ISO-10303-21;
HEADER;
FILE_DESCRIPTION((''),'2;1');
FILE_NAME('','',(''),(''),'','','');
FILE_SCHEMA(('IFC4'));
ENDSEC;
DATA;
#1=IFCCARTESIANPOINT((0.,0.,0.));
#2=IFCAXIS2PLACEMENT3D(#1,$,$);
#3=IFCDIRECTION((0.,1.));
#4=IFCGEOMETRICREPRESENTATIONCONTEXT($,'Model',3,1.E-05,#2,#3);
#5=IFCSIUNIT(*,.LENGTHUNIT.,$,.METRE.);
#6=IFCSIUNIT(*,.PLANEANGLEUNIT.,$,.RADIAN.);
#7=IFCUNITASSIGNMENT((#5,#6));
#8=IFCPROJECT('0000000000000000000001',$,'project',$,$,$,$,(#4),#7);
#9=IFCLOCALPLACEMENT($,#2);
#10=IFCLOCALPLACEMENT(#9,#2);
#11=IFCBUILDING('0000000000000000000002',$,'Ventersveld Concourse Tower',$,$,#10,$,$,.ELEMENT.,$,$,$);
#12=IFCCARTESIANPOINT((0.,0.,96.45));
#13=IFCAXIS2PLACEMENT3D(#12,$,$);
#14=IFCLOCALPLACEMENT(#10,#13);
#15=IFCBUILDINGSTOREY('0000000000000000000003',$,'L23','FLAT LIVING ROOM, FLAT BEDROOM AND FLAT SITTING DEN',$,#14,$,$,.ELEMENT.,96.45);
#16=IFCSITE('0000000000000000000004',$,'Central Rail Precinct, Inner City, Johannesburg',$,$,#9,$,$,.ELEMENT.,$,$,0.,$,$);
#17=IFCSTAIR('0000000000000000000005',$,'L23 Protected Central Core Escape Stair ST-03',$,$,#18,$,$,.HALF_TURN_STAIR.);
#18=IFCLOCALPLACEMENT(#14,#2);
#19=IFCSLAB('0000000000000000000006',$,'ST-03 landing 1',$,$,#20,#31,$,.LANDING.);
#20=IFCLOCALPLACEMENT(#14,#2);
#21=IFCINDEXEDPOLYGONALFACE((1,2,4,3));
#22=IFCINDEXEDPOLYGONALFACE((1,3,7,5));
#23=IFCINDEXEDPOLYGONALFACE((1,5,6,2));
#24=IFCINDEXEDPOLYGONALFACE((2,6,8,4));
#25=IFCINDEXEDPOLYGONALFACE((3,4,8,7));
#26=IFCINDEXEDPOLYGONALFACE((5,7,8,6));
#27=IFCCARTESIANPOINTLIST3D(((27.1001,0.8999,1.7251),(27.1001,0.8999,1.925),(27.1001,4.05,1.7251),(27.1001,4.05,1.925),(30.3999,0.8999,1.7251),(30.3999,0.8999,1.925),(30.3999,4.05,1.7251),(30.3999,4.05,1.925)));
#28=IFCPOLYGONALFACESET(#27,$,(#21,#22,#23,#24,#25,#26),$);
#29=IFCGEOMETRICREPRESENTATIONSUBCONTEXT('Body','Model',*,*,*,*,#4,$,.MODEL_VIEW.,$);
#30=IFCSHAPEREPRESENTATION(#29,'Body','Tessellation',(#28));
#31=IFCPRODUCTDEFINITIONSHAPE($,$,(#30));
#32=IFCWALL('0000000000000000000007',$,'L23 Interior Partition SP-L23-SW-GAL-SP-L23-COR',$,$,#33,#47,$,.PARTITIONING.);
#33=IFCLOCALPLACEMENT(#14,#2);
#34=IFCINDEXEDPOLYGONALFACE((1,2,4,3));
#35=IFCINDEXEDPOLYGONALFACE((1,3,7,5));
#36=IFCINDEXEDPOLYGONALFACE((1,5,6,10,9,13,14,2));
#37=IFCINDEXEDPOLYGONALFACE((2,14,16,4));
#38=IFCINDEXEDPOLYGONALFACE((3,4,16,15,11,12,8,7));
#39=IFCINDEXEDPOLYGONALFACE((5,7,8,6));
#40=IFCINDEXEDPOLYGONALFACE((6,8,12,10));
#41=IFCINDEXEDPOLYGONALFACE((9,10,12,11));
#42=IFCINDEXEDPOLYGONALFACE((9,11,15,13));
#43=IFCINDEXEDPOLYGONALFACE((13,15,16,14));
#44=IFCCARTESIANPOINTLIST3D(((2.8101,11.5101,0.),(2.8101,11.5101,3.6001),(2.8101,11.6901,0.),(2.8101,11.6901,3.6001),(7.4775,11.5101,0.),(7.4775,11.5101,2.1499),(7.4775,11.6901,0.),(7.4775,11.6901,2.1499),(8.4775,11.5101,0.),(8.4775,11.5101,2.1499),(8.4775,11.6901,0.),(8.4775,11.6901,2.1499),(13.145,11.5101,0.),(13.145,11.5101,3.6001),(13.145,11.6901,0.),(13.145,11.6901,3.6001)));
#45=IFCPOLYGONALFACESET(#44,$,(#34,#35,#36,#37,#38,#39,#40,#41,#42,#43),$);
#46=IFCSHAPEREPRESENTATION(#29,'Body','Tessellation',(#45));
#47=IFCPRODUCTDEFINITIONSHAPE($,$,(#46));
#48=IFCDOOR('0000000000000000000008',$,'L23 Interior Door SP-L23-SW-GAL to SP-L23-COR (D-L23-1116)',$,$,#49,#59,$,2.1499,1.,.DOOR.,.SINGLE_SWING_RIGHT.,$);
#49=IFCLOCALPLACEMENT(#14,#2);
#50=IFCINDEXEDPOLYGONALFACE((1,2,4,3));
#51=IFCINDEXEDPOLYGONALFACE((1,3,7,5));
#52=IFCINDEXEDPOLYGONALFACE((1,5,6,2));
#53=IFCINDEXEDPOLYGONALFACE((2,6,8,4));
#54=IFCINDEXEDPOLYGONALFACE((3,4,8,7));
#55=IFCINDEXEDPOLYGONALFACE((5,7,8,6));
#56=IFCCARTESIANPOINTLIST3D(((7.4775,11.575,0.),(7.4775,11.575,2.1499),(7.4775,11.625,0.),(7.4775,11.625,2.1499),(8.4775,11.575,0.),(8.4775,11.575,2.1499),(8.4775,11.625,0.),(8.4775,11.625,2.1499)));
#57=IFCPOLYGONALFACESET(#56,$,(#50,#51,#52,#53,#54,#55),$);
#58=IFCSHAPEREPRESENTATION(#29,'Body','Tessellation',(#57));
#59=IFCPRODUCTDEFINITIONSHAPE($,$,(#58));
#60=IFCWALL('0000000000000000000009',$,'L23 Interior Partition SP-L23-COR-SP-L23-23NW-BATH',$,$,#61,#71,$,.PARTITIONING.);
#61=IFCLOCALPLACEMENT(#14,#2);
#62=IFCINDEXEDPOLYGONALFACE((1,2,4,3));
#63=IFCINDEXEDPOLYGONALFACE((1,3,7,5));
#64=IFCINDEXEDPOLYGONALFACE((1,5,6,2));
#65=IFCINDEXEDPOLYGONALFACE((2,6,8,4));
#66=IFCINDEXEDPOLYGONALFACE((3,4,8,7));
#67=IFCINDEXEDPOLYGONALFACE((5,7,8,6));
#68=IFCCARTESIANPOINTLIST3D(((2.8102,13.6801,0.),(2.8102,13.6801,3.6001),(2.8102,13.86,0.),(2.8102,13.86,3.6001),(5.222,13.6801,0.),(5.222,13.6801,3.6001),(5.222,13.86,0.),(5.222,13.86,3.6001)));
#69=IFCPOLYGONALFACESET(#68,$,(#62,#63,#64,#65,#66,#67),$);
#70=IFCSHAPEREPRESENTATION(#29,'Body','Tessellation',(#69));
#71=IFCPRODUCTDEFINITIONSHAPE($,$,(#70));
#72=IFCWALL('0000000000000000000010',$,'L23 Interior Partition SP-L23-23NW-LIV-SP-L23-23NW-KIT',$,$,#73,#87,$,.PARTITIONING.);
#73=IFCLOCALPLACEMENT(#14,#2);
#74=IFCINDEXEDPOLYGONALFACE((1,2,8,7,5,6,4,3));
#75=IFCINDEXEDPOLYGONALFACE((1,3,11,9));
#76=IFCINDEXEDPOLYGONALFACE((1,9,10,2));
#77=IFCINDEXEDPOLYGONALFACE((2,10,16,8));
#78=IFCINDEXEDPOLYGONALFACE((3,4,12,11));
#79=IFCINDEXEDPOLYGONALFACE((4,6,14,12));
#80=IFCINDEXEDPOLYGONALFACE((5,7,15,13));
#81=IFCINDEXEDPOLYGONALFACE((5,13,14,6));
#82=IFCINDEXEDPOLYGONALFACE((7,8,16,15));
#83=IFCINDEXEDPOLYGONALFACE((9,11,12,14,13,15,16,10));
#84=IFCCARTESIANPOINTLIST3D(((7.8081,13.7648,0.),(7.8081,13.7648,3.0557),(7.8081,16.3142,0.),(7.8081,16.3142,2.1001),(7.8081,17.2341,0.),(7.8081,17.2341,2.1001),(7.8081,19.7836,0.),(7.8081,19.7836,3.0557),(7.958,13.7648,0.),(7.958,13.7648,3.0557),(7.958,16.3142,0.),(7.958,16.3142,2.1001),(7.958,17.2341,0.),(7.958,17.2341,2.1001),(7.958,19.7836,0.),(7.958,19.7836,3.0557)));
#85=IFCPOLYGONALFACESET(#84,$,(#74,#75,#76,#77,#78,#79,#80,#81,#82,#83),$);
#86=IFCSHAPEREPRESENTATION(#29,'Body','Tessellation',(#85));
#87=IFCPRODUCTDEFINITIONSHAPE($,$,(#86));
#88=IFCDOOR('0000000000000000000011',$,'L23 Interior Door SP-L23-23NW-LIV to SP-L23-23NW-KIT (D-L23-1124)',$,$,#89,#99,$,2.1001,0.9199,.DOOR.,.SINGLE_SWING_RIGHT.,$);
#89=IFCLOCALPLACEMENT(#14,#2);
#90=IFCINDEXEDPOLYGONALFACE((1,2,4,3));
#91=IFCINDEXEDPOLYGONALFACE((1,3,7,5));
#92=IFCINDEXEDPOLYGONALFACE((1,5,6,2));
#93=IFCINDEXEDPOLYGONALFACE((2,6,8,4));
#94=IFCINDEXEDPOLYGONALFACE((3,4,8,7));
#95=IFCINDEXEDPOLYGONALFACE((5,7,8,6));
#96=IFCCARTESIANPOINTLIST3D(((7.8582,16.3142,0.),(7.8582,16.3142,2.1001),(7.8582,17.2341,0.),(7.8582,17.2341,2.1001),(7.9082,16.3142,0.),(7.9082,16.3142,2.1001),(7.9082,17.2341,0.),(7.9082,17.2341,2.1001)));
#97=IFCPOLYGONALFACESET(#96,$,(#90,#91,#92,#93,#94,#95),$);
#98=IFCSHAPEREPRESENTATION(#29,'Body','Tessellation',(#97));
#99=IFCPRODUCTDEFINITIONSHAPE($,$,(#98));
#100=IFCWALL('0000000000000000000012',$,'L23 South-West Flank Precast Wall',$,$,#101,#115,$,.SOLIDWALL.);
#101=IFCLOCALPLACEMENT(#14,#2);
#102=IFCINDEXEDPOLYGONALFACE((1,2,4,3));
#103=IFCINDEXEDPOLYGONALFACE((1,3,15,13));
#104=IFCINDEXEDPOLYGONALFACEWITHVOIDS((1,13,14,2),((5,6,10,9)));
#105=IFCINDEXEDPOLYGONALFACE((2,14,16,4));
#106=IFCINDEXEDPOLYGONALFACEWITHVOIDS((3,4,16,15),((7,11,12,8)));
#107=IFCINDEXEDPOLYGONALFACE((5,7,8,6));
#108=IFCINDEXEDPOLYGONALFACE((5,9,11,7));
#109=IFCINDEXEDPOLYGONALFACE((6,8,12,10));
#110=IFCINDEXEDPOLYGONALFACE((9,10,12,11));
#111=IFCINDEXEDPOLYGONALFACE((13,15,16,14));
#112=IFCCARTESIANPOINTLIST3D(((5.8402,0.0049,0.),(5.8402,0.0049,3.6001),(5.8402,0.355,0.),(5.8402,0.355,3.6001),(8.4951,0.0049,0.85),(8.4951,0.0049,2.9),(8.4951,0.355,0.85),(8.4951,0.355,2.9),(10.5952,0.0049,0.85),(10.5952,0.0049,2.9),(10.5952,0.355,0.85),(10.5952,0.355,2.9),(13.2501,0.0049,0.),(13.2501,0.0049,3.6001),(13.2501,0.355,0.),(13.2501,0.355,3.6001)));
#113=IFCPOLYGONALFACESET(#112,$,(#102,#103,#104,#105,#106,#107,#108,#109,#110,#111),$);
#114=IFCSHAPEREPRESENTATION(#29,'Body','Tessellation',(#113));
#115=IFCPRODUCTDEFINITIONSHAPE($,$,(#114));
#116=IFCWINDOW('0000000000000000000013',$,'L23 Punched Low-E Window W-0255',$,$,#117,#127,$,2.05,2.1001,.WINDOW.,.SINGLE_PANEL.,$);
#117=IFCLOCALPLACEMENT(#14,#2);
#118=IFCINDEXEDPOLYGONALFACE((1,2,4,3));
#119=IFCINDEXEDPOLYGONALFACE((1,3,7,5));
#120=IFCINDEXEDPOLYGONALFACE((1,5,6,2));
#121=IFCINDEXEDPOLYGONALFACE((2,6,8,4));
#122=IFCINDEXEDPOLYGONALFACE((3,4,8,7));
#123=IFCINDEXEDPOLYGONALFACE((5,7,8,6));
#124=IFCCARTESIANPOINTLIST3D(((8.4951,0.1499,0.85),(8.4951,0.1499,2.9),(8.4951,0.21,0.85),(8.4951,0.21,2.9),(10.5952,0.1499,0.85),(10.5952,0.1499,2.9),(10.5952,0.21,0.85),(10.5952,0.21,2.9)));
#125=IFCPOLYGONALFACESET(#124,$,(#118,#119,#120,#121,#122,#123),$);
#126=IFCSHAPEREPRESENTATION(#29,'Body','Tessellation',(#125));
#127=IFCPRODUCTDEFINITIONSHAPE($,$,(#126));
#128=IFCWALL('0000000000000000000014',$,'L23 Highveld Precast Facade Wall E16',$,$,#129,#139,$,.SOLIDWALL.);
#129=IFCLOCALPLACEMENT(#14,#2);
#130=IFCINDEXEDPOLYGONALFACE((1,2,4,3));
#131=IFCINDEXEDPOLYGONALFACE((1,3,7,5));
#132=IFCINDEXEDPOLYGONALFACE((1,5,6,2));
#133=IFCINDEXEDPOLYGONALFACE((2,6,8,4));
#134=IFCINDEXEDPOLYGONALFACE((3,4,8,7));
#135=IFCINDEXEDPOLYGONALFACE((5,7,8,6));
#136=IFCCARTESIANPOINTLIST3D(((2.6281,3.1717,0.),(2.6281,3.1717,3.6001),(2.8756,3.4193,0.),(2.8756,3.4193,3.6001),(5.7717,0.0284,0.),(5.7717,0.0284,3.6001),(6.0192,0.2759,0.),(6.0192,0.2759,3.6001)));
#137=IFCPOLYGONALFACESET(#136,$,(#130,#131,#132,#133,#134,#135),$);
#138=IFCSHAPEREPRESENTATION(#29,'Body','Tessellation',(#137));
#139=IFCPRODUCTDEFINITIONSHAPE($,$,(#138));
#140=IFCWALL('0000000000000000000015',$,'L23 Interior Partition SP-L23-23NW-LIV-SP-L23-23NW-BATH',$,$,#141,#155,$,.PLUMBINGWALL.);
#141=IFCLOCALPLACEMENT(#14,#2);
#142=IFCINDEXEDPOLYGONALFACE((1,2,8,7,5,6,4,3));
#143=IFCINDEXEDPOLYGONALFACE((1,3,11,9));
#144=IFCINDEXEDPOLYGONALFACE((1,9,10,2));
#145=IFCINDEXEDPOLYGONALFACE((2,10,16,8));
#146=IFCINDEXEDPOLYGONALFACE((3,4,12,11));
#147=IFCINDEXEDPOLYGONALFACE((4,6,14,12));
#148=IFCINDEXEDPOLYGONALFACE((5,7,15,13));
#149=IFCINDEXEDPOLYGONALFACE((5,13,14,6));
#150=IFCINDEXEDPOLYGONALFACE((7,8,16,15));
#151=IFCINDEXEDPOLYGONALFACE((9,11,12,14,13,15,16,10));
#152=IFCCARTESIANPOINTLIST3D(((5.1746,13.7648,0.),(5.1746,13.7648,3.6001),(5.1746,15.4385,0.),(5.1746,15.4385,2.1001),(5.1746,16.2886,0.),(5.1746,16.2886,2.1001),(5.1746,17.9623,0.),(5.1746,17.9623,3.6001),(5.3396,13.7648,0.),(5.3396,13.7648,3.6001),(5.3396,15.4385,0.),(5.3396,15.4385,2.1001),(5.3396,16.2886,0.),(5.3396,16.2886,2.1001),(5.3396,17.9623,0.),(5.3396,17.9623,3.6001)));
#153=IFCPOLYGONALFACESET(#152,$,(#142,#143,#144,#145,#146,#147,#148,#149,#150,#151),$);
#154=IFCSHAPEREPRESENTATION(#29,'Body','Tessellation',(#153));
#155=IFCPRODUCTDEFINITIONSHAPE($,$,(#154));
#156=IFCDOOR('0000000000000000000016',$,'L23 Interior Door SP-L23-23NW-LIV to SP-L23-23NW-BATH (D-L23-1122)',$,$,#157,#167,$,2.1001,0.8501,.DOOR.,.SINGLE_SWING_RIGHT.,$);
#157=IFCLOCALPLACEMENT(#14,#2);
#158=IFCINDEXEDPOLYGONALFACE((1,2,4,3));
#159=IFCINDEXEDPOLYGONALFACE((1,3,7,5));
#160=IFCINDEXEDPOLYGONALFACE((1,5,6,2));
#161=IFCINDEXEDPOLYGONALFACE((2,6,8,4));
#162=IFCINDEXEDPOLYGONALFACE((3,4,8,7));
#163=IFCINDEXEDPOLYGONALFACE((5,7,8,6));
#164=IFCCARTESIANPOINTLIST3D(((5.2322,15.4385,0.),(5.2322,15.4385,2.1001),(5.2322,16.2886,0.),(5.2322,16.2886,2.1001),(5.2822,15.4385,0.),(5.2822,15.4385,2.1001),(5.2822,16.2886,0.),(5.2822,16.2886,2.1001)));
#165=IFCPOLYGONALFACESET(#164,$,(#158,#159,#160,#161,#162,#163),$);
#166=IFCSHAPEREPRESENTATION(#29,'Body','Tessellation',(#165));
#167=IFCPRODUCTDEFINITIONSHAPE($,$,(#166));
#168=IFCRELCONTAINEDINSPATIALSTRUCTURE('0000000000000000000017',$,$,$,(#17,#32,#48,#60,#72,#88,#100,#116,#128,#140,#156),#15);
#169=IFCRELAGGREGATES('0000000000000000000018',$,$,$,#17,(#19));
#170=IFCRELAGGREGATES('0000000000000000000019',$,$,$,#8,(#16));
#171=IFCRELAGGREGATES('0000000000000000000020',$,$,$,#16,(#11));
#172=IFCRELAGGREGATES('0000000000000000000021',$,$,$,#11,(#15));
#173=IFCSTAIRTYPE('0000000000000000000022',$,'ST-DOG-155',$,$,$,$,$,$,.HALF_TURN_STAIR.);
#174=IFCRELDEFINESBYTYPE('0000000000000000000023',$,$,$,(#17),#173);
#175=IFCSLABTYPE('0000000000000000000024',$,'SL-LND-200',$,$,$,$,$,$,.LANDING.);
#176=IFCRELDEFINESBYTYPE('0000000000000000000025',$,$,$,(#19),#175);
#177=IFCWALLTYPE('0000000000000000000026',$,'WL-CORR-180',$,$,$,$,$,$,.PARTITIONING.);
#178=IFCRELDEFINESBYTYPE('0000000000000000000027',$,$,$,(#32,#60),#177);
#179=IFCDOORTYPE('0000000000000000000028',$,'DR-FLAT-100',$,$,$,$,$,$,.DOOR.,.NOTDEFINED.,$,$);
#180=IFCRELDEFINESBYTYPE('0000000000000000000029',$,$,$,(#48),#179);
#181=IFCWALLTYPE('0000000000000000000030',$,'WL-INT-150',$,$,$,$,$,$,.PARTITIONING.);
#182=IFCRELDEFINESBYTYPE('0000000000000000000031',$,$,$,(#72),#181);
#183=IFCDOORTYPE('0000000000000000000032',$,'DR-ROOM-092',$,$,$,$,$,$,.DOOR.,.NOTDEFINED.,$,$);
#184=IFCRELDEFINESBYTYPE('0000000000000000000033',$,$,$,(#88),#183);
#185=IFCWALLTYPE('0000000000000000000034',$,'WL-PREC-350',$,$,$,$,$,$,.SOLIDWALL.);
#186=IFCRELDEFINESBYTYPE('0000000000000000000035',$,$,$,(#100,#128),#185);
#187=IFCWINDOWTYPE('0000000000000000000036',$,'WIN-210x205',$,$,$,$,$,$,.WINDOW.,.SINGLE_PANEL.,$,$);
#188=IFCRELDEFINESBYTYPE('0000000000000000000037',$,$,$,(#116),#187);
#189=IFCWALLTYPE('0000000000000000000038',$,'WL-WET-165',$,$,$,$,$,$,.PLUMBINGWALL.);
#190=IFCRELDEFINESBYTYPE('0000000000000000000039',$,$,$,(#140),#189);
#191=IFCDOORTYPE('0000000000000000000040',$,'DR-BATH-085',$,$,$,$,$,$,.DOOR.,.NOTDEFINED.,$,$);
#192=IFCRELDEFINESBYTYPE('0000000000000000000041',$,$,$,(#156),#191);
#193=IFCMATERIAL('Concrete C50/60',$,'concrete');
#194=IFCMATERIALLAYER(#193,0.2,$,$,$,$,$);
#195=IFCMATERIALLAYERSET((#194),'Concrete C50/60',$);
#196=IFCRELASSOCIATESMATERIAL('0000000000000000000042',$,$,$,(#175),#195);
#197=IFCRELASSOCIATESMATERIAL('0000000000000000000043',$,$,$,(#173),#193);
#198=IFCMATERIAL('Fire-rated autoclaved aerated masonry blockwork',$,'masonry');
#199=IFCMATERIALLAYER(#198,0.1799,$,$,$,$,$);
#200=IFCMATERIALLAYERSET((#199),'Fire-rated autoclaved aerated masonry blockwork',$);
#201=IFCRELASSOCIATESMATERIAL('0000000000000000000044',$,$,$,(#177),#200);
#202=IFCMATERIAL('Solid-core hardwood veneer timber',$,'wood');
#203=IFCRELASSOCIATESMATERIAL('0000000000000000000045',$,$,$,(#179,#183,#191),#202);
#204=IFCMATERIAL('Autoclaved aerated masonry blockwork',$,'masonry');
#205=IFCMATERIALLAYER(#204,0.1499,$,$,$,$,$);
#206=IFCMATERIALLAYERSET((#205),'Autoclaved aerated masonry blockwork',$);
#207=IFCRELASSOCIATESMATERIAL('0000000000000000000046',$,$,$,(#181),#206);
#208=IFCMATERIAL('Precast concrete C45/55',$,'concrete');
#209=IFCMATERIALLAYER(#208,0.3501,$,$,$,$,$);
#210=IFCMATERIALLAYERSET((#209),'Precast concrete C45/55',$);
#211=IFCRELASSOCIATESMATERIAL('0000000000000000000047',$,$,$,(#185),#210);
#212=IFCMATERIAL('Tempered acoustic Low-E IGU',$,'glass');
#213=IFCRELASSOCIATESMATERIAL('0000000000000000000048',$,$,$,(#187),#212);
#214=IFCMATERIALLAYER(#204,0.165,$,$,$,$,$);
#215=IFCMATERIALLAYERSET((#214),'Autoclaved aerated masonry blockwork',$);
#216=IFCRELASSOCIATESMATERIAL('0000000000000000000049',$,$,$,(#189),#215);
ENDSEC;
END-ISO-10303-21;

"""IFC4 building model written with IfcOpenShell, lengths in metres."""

from ifc_helpers import new_model, si_unit, direction, frame, frame_2d, origin, place, context, subcontext, project, spatial, polyline, rectangle, outline, extrude, material, layer, layer_set, type_object, element, fill, aggregate, save


model = new_model("IFC4")

# Units and contexts
model_context = context("Model", 3, precision=1e-05, world=origin(), true_north=direction((0.0, 1.0)))
body_context = subcontext(model_context, "Body", "Model", "MODEL_VIEW")
ifc_project = project(units=[si_unit("LENGTHUNIT", "METRE"), si_unit("PLANEANGLEUNIT", "RADIAN")], contexts=[model_context])

# Site, building, storey
site_placement = place(None, origin())
site = spatial("IfcSite", under=ifc_project, at=site_placement, Name="Central Rail Precinct, Inner City, Johannesburg", CompositionType="ELEMENT", RefElevation=0.0)
building_placement = place(site_placement, origin())
building = spatial("IfcBuilding", under=site, at=building_placement, Name="Ventersveld Concourse Tower", CompositionType="ELEMENT")
storey_placement = place(building_placement, frame((0.0, 0.0, 96.45)))
storey = spatial("IfcBuildingStorey", under=building, at=storey_placement, Name="L23", Description="FLAT LIVING ROOM, FLAT BEDROOM AND FLAT SITTING DEN", CompositionType="ELEMENT", Elevation=96.45)

# Shared definitions
ifc_material_1 = material(Name="Concrete C50/60", Category="concrete")

# Stair, slab
ifc_layer_1 = layer(ifc_material_1, 0.2)
ifc_layer_set_1 = layer_set([ifc_layer_1], Name="Concrete C50/60")
slab_type_1 = type_object("IfcSlabType", Name="SL-LND-200", PredefinedType="LANDING", material=ifc_layer_set_1)
stair_type_1 = type_object("IfcStairType", Name="ST-DOG-155", PredefinedType="HALF_TURN_STAIR", material=ifc_material_1)
stair_1_placement = place(storey_placement, origin())
stair_1 = element("IfcStair", 1, at=stair_1_placement, inside=storey, type_object=stair_type_1, Name="L23 Protected Central Core Escape Stair ST-03", PredefinedType="HALF_TURN_STAIR")
slab_1_placement = place(storey_placement, frame((0.0, 0.0, 1.7251)))
slab_1 = element("IfcSlab", 2, at=slab_1_placement, type_object=slab_type_1, Name="ST-03 landing 1", PredefinedType="LANDING", context=body_context, shape_type="SweptSolid", body=[
    extrude(outline(polyline([(27.1001, 4.05), (27.1001, 0.8999), (30.3999, 0.8999), (30.3999, 4.05), (27.1001, 4.05)])), origin(), (0.0, 0.0, 1.0), 0.2),
])
aggregate(stair_1, [slab_1])

# Wall, opening, door
ifc_material_2 = material(Name="Fire-rated autoclaved aerated masonry blockwork", Category="masonry")
ifc_layer_2 = layer(ifc_material_2, 0.1799)
ifc_layer_set_2 = layer_set([ifc_layer_2], Name="Fire-rated autoclaved aerated masonry blockwork")
wall_type_1 = type_object("IfcWallType", Name="WL-CORR-180", PredefinedType="PARTITIONING", material=ifc_layer_set_2)
wall_1_placement = place(storey_placement, frame((2.8101, 11.6001, 0.0), z_axis=(0.0, 0.0, 1.0), x_axis=(1.0, 0.0, 0.0)))
wall_1 = element("IfcWall", 3, at=wall_1_placement, inside=storey, type_object=wall_type_1, Name="L23 Interior Partition SP-L23-SW-GAL-SP-L23-COR", PredefinedType="PARTITIONING", context=body_context, shape_type="SweptSolid", body=[
    extrude(rectangle(XDim=10.335, YDim=0.1799, at=frame_2d((5.1675, 0.0))), origin(), (0.0, 0.0, 1.0), 3.6001),
])
opening_1_placement = place(wall_1_placement, frame((4.6675, 0.0, 0.0)))
opening_1 = element("IfcOpeningElement", 4, at=opening_1_placement, cuts=wall_1, PredefinedType="OPENING", context=body_context, shape_type="SweptSolid", body=[
    extrude(rectangle(XDim=1.0, YDim=2.1499, at=frame_2d((0.5, 1.075))), frame((0.0, 0.1001, 0.0), z_axis=(0.0, -1.0, 0.0), x_axis=(1.0, 0.0, 0.0)), (0.0, 0.0, 1.0), 0.2),
])
ifc_material_3 = material(Name="Solid-core hardwood veneer timber", Category="wood")
door_type_1 = type_object("IfcDoorType", Name="DR-FLAT-100", OperationType="NOTDEFINED", PredefinedType="DOOR", material=ifc_material_3)
door_1_placement = place(opening_1_placement, origin())
door_1 = element("IfcDoor", 5, at=door_1_placement, inside=storey, type_object=door_type_1, Name="L23 Interior Door SP-L23-SW-GAL to SP-L23-COR (D-L23-1116)", OperationType="SINGLE_SWING_RIGHT", OverallHeight=2.1499, OverallWidth=1.0, PredefinedType="DOOR", context=body_context, shape_type="SweptSolid", body=[
    extrude(rectangle(XDim=1.0, YDim=2.1499, at=frame_2d((0.5, 1.075))), frame((0.0, 0.0249, 0.0), z_axis=(0.0, -1.0, 0.0), x_axis=(1.0, 0.0, 0.0)), (0.0, 0.0, 1.0), 0.05),
])
fill(opening_1, door_1)

# Wall
wall_2_placement = place(storey_placement, frame((2.8101, 13.77, 0.0), z_axis=(0.0, 0.0, 1.0), x_axis=(1.0, 0.0, 0.0)))
element("IfcWall", 6, at=wall_2_placement, inside=storey, type_object=wall_type_1, Name="L23 Interior Partition SP-L23-COR-SP-L23-23NW-BATH", PredefinedType="PARTITIONING", context=body_context, shape_type="SweptSolid", body=[
    extrude(rectangle(XDim=2.4119, YDim=0.1799, at=frame_2d((1.2061, 0.0))), origin(), (0.0, 0.0, 1.0), 3.6001),
])

# Wall, opening, door
ifc_material_4 = material(Name="Autoclaved aerated masonry blockwork", Category="masonry")
ifc_layer_3 = layer(ifc_material_4, 0.1499)
ifc_layer_set_3 = layer_set([ifc_layer_3], Name="Autoclaved aerated masonry blockwork")
wall_type_2 = type_object("IfcWallType", Name="WL-INT-150", PredefinedType="PARTITIONING", material=ifc_layer_set_3)
wall_3_placement = place(storey_placement, frame((7.8831, 13.7649, 0.0), z_axis=(0.0, 0.0, 1.0), x_axis=(0.0, 1.0, 0.0)))
wall_3 = element("IfcWall", 7, at=wall_3_placement, inside=storey, type_object=wall_type_2, Name="L23 Interior Partition SP-L23-23NW-LIV-SP-L23-23NW-KIT", PredefinedType="PARTITIONING", context=body_context, shape_type="SweptSolid", body=[
    extrude(rectangle(XDim=6.0188, YDim=0.1499, at=frame_2d((3.0093, 0.0))), origin(), (0.0, 0.0, 1.0), 3.0557),
])
opening_2_placement = place(wall_3_placement, frame((2.5493, 0.0, 0.0)))
opening_2 = element("IfcOpeningElement", 8, at=opening_2_placement, cuts=wall_3, PredefinedType="OPENING", context=body_context, shape_type="SweptSolid", body=[
    extrude(rectangle(XDim=0.9199, YDim=2.1001, at=frame_2d((0.46, 1.05))), frame((0.0, 0.085, 0.0), z_axis=(0.0, -1.0, 0.0), x_axis=(1.0, 0.0, 0.0)), (0.0, 0.0, 1.0), 0.1699),
])
door_type_2 = type_object("IfcDoorType", Name="DR-ROOM-092", OperationType="NOTDEFINED", PredefinedType="DOOR", material=ifc_material_3)
door_2_placement = place(opening_2_placement, origin())
door_2 = element("IfcDoor", 9, at=door_2_placement, inside=storey, type_object=door_type_2, Name="L23 Interior Door SP-L23-23NW-LIV to SP-L23-23NW-KIT (D-L23-1124)", OperationType="SINGLE_SWING_RIGHT", OverallHeight=2.1001, OverallWidth=0.9199, PredefinedType="DOOR", context=body_context, shape_type="SweptSolid", body=[
    extrude(rectangle(XDim=0.9199, YDim=2.1001, at=frame_2d((0.46, 1.05))), frame((0.0, 0.0249, 0.0), z_axis=(0.0, -1.0, 0.0), x_axis=(1.0, 0.0, 0.0)), (0.0, 0.0, 1.0), 0.05),
])
fill(opening_2, door_2)

# Wall, opening, window
ifc_material_5 = material(Name="Precast concrete C45/55", Category="concrete")
ifc_layer_4 = layer(ifc_material_5, 0.3501)
ifc_layer_set_4 = layer_set([ifc_layer_4], Name="Precast concrete C45/55")
wall_type_3 = type_object("IfcWallType", Name="WL-PREC-350", PredefinedType="SOLIDWALL", material=ifc_layer_set_4)
wall_4_placement = place(storey_placement, frame((5.8401, 0.1799, 0.0), z_axis=(0.0, 0.0, 1.0), x_axis=(1.0, 0.0, 0.0)))
wall_4 = element("IfcWall", 10, at=wall_4_placement, inside=storey, type_object=wall_type_3, Name="L23 South-West Flank Precast Wall", PredefinedType="SOLIDWALL", context=body_context, shape_type="SweptSolid", body=[
    extrude(rectangle(XDim=7.4099, YDim=0.3501, at=frame_2d((3.7051, 0.0))), origin(), (0.0, 0.0, 1.0), 3.6001),
])
opening_3_placement = place(wall_4_placement, frame((2.655, 0.0, 0.8501)))
opening_3 = element("IfcOpeningElement", 11, at=opening_3_placement, cuts=wall_4, PredefinedType="OPENING", context=body_context, shape_type="SweptSolid", body=[
    extrude(rectangle(XDim=2.1001, YDim=2.05, at=frame_2d((1.05, 1.0249))), frame((0.0, 0.1851, 0.0), z_axis=(0.0, -1.0, 0.0), x_axis=(1.0, 0.0, 0.0)), (0.0, 0.0, 1.0), 0.3701),
])
ifc_material_6 = material(Name="Tempered acoustic Low-E IGU", Category="glass")
window_type = type_object("IfcWindowType", Name="WIN-210x205", PartitioningType="SINGLE_PANEL", PredefinedType="WINDOW", material=ifc_material_6)
window_placement = place(opening_3_placement, origin())
window = element("IfcWindow", 12, at=window_placement, inside=storey, type_object=window_type, Name="L23 Punched Low-E Window W-0255", OverallHeight=2.05, OverallWidth=2.1001, PartitioningType="SINGLE_PANEL", PredefinedType="WINDOW", context=body_context, shape_type="SweptSolid", body=[
    extrude(rectangle(XDim=2.1001, YDim=2.05, at=frame_2d((1.05, 1.0249))), frame((0.0, 0.03, 0.0), z_axis=(0.0, -1.0, 0.0), x_axis=(1.0, 0.0, 0.0)), (0.0, 0.0, 1.0), 0.0601),
])
fill(opening_3, window)

# Wall
wall_5_placement = place(storey_placement, frame((2.752, 3.2954, 0.0), z_axis=(0.0, 0.0, 1.0), x_axis=(0.707134, -0.707079, 0.0)))
element("IfcWall", 13, at=wall_5_placement, inside=storey, type_object=wall_type_3, Name="L23 Highveld Precast Facade Wall E16", PredefinedType="SOLIDWALL", context=body_context, shape_type="SweptSolid", body=[
    extrude(rectangle(XDim=4.4456, YDim=0.3501, at=frame_2d((2.2227, 0.0))), origin(), (0.0, 0.0, 1.0), 3.6001),
])

# Wall, opening, door
ifc_layer_5 = layer(ifc_material_4, 0.165)
ifc_layer_set_5 = layer_set([ifc_layer_5], Name="Autoclaved aerated masonry blockwork")
wall_type_4 = type_object("IfcWallType", Name="WL-WET-165", PredefinedType="PLUMBINGWALL", material=ifc_layer_set_5)
wall_6_placement = place(storey_placement, frame((5.2571, 13.7649, 0.0), z_axis=(0.0, 0.0, 1.0), x_axis=(0.0, 1.0, 0.0)))
wall_6 = element("IfcWall", 14, at=wall_6_placement, inside=storey, type_object=wall_type_4, Name="L23 Interior Partition SP-L23-23NW-LIV-SP-L23-23NW-BATH", PredefinedType="PLUMBINGWALL", context=body_context, shape_type="SweptSolid", body=[
    extrude(rectangle(XDim=4.1975, YDim=0.165, at=frame_2d((2.0986, 0.0))), origin(), (0.0, 0.0, 1.0), 3.6001),
])
opening_4_placement = place(wall_6_placement, frame((1.6736, 0.0, 0.0)))
opening_4 = element("IfcOpeningElement", 15, at=opening_4_placement, cuts=wall_6, PredefinedType="OPENING", context=body_context, shape_type="SweptSolid", body=[
    extrude(rectangle(XDim=0.8501, YDim=2.1001, at=frame_2d((0.425, 1.05))), frame((0.0, 0.0925, 0.0), z_axis=(0.0, -1.0, 0.0), x_axis=(1.0, 0.0, 0.0)), (0.0, 0.0, 1.0), 0.1851),
])
door_type_3 = type_object("IfcDoorType", Name="DR-BATH-085", OperationType="NOTDEFINED", PredefinedType="DOOR", material=ifc_material_3)
door_3_placement = place(opening_4_placement, origin())
door_3 = element("IfcDoor", 16, at=door_3_placement, inside=storey, type_object=door_type_3, Name="L23 Interior Door SP-L23-23NW-LIV to SP-L23-23NW-BATH (D-L23-1122)", OperationType="SINGLE_SWING_RIGHT", OverallHeight=2.1001, OverallWidth=0.8501, PredefinedType="DOOR", context=body_context, shape_type="SweptSolid", body=[
    extrude(rectangle(XDim=0.8501, YDim=2.1001, at=frame_2d((0.425, 1.05))), frame((0.0, 0.0249, 0.0), z_axis=(0.0, -1.0, 0.0), x_axis=(1.0, 0.0, 0.0)), (0.0, 0.0, 1.0), 0.05),
])
fill(opening_4, door_3)

save(model, "model.ifc")
